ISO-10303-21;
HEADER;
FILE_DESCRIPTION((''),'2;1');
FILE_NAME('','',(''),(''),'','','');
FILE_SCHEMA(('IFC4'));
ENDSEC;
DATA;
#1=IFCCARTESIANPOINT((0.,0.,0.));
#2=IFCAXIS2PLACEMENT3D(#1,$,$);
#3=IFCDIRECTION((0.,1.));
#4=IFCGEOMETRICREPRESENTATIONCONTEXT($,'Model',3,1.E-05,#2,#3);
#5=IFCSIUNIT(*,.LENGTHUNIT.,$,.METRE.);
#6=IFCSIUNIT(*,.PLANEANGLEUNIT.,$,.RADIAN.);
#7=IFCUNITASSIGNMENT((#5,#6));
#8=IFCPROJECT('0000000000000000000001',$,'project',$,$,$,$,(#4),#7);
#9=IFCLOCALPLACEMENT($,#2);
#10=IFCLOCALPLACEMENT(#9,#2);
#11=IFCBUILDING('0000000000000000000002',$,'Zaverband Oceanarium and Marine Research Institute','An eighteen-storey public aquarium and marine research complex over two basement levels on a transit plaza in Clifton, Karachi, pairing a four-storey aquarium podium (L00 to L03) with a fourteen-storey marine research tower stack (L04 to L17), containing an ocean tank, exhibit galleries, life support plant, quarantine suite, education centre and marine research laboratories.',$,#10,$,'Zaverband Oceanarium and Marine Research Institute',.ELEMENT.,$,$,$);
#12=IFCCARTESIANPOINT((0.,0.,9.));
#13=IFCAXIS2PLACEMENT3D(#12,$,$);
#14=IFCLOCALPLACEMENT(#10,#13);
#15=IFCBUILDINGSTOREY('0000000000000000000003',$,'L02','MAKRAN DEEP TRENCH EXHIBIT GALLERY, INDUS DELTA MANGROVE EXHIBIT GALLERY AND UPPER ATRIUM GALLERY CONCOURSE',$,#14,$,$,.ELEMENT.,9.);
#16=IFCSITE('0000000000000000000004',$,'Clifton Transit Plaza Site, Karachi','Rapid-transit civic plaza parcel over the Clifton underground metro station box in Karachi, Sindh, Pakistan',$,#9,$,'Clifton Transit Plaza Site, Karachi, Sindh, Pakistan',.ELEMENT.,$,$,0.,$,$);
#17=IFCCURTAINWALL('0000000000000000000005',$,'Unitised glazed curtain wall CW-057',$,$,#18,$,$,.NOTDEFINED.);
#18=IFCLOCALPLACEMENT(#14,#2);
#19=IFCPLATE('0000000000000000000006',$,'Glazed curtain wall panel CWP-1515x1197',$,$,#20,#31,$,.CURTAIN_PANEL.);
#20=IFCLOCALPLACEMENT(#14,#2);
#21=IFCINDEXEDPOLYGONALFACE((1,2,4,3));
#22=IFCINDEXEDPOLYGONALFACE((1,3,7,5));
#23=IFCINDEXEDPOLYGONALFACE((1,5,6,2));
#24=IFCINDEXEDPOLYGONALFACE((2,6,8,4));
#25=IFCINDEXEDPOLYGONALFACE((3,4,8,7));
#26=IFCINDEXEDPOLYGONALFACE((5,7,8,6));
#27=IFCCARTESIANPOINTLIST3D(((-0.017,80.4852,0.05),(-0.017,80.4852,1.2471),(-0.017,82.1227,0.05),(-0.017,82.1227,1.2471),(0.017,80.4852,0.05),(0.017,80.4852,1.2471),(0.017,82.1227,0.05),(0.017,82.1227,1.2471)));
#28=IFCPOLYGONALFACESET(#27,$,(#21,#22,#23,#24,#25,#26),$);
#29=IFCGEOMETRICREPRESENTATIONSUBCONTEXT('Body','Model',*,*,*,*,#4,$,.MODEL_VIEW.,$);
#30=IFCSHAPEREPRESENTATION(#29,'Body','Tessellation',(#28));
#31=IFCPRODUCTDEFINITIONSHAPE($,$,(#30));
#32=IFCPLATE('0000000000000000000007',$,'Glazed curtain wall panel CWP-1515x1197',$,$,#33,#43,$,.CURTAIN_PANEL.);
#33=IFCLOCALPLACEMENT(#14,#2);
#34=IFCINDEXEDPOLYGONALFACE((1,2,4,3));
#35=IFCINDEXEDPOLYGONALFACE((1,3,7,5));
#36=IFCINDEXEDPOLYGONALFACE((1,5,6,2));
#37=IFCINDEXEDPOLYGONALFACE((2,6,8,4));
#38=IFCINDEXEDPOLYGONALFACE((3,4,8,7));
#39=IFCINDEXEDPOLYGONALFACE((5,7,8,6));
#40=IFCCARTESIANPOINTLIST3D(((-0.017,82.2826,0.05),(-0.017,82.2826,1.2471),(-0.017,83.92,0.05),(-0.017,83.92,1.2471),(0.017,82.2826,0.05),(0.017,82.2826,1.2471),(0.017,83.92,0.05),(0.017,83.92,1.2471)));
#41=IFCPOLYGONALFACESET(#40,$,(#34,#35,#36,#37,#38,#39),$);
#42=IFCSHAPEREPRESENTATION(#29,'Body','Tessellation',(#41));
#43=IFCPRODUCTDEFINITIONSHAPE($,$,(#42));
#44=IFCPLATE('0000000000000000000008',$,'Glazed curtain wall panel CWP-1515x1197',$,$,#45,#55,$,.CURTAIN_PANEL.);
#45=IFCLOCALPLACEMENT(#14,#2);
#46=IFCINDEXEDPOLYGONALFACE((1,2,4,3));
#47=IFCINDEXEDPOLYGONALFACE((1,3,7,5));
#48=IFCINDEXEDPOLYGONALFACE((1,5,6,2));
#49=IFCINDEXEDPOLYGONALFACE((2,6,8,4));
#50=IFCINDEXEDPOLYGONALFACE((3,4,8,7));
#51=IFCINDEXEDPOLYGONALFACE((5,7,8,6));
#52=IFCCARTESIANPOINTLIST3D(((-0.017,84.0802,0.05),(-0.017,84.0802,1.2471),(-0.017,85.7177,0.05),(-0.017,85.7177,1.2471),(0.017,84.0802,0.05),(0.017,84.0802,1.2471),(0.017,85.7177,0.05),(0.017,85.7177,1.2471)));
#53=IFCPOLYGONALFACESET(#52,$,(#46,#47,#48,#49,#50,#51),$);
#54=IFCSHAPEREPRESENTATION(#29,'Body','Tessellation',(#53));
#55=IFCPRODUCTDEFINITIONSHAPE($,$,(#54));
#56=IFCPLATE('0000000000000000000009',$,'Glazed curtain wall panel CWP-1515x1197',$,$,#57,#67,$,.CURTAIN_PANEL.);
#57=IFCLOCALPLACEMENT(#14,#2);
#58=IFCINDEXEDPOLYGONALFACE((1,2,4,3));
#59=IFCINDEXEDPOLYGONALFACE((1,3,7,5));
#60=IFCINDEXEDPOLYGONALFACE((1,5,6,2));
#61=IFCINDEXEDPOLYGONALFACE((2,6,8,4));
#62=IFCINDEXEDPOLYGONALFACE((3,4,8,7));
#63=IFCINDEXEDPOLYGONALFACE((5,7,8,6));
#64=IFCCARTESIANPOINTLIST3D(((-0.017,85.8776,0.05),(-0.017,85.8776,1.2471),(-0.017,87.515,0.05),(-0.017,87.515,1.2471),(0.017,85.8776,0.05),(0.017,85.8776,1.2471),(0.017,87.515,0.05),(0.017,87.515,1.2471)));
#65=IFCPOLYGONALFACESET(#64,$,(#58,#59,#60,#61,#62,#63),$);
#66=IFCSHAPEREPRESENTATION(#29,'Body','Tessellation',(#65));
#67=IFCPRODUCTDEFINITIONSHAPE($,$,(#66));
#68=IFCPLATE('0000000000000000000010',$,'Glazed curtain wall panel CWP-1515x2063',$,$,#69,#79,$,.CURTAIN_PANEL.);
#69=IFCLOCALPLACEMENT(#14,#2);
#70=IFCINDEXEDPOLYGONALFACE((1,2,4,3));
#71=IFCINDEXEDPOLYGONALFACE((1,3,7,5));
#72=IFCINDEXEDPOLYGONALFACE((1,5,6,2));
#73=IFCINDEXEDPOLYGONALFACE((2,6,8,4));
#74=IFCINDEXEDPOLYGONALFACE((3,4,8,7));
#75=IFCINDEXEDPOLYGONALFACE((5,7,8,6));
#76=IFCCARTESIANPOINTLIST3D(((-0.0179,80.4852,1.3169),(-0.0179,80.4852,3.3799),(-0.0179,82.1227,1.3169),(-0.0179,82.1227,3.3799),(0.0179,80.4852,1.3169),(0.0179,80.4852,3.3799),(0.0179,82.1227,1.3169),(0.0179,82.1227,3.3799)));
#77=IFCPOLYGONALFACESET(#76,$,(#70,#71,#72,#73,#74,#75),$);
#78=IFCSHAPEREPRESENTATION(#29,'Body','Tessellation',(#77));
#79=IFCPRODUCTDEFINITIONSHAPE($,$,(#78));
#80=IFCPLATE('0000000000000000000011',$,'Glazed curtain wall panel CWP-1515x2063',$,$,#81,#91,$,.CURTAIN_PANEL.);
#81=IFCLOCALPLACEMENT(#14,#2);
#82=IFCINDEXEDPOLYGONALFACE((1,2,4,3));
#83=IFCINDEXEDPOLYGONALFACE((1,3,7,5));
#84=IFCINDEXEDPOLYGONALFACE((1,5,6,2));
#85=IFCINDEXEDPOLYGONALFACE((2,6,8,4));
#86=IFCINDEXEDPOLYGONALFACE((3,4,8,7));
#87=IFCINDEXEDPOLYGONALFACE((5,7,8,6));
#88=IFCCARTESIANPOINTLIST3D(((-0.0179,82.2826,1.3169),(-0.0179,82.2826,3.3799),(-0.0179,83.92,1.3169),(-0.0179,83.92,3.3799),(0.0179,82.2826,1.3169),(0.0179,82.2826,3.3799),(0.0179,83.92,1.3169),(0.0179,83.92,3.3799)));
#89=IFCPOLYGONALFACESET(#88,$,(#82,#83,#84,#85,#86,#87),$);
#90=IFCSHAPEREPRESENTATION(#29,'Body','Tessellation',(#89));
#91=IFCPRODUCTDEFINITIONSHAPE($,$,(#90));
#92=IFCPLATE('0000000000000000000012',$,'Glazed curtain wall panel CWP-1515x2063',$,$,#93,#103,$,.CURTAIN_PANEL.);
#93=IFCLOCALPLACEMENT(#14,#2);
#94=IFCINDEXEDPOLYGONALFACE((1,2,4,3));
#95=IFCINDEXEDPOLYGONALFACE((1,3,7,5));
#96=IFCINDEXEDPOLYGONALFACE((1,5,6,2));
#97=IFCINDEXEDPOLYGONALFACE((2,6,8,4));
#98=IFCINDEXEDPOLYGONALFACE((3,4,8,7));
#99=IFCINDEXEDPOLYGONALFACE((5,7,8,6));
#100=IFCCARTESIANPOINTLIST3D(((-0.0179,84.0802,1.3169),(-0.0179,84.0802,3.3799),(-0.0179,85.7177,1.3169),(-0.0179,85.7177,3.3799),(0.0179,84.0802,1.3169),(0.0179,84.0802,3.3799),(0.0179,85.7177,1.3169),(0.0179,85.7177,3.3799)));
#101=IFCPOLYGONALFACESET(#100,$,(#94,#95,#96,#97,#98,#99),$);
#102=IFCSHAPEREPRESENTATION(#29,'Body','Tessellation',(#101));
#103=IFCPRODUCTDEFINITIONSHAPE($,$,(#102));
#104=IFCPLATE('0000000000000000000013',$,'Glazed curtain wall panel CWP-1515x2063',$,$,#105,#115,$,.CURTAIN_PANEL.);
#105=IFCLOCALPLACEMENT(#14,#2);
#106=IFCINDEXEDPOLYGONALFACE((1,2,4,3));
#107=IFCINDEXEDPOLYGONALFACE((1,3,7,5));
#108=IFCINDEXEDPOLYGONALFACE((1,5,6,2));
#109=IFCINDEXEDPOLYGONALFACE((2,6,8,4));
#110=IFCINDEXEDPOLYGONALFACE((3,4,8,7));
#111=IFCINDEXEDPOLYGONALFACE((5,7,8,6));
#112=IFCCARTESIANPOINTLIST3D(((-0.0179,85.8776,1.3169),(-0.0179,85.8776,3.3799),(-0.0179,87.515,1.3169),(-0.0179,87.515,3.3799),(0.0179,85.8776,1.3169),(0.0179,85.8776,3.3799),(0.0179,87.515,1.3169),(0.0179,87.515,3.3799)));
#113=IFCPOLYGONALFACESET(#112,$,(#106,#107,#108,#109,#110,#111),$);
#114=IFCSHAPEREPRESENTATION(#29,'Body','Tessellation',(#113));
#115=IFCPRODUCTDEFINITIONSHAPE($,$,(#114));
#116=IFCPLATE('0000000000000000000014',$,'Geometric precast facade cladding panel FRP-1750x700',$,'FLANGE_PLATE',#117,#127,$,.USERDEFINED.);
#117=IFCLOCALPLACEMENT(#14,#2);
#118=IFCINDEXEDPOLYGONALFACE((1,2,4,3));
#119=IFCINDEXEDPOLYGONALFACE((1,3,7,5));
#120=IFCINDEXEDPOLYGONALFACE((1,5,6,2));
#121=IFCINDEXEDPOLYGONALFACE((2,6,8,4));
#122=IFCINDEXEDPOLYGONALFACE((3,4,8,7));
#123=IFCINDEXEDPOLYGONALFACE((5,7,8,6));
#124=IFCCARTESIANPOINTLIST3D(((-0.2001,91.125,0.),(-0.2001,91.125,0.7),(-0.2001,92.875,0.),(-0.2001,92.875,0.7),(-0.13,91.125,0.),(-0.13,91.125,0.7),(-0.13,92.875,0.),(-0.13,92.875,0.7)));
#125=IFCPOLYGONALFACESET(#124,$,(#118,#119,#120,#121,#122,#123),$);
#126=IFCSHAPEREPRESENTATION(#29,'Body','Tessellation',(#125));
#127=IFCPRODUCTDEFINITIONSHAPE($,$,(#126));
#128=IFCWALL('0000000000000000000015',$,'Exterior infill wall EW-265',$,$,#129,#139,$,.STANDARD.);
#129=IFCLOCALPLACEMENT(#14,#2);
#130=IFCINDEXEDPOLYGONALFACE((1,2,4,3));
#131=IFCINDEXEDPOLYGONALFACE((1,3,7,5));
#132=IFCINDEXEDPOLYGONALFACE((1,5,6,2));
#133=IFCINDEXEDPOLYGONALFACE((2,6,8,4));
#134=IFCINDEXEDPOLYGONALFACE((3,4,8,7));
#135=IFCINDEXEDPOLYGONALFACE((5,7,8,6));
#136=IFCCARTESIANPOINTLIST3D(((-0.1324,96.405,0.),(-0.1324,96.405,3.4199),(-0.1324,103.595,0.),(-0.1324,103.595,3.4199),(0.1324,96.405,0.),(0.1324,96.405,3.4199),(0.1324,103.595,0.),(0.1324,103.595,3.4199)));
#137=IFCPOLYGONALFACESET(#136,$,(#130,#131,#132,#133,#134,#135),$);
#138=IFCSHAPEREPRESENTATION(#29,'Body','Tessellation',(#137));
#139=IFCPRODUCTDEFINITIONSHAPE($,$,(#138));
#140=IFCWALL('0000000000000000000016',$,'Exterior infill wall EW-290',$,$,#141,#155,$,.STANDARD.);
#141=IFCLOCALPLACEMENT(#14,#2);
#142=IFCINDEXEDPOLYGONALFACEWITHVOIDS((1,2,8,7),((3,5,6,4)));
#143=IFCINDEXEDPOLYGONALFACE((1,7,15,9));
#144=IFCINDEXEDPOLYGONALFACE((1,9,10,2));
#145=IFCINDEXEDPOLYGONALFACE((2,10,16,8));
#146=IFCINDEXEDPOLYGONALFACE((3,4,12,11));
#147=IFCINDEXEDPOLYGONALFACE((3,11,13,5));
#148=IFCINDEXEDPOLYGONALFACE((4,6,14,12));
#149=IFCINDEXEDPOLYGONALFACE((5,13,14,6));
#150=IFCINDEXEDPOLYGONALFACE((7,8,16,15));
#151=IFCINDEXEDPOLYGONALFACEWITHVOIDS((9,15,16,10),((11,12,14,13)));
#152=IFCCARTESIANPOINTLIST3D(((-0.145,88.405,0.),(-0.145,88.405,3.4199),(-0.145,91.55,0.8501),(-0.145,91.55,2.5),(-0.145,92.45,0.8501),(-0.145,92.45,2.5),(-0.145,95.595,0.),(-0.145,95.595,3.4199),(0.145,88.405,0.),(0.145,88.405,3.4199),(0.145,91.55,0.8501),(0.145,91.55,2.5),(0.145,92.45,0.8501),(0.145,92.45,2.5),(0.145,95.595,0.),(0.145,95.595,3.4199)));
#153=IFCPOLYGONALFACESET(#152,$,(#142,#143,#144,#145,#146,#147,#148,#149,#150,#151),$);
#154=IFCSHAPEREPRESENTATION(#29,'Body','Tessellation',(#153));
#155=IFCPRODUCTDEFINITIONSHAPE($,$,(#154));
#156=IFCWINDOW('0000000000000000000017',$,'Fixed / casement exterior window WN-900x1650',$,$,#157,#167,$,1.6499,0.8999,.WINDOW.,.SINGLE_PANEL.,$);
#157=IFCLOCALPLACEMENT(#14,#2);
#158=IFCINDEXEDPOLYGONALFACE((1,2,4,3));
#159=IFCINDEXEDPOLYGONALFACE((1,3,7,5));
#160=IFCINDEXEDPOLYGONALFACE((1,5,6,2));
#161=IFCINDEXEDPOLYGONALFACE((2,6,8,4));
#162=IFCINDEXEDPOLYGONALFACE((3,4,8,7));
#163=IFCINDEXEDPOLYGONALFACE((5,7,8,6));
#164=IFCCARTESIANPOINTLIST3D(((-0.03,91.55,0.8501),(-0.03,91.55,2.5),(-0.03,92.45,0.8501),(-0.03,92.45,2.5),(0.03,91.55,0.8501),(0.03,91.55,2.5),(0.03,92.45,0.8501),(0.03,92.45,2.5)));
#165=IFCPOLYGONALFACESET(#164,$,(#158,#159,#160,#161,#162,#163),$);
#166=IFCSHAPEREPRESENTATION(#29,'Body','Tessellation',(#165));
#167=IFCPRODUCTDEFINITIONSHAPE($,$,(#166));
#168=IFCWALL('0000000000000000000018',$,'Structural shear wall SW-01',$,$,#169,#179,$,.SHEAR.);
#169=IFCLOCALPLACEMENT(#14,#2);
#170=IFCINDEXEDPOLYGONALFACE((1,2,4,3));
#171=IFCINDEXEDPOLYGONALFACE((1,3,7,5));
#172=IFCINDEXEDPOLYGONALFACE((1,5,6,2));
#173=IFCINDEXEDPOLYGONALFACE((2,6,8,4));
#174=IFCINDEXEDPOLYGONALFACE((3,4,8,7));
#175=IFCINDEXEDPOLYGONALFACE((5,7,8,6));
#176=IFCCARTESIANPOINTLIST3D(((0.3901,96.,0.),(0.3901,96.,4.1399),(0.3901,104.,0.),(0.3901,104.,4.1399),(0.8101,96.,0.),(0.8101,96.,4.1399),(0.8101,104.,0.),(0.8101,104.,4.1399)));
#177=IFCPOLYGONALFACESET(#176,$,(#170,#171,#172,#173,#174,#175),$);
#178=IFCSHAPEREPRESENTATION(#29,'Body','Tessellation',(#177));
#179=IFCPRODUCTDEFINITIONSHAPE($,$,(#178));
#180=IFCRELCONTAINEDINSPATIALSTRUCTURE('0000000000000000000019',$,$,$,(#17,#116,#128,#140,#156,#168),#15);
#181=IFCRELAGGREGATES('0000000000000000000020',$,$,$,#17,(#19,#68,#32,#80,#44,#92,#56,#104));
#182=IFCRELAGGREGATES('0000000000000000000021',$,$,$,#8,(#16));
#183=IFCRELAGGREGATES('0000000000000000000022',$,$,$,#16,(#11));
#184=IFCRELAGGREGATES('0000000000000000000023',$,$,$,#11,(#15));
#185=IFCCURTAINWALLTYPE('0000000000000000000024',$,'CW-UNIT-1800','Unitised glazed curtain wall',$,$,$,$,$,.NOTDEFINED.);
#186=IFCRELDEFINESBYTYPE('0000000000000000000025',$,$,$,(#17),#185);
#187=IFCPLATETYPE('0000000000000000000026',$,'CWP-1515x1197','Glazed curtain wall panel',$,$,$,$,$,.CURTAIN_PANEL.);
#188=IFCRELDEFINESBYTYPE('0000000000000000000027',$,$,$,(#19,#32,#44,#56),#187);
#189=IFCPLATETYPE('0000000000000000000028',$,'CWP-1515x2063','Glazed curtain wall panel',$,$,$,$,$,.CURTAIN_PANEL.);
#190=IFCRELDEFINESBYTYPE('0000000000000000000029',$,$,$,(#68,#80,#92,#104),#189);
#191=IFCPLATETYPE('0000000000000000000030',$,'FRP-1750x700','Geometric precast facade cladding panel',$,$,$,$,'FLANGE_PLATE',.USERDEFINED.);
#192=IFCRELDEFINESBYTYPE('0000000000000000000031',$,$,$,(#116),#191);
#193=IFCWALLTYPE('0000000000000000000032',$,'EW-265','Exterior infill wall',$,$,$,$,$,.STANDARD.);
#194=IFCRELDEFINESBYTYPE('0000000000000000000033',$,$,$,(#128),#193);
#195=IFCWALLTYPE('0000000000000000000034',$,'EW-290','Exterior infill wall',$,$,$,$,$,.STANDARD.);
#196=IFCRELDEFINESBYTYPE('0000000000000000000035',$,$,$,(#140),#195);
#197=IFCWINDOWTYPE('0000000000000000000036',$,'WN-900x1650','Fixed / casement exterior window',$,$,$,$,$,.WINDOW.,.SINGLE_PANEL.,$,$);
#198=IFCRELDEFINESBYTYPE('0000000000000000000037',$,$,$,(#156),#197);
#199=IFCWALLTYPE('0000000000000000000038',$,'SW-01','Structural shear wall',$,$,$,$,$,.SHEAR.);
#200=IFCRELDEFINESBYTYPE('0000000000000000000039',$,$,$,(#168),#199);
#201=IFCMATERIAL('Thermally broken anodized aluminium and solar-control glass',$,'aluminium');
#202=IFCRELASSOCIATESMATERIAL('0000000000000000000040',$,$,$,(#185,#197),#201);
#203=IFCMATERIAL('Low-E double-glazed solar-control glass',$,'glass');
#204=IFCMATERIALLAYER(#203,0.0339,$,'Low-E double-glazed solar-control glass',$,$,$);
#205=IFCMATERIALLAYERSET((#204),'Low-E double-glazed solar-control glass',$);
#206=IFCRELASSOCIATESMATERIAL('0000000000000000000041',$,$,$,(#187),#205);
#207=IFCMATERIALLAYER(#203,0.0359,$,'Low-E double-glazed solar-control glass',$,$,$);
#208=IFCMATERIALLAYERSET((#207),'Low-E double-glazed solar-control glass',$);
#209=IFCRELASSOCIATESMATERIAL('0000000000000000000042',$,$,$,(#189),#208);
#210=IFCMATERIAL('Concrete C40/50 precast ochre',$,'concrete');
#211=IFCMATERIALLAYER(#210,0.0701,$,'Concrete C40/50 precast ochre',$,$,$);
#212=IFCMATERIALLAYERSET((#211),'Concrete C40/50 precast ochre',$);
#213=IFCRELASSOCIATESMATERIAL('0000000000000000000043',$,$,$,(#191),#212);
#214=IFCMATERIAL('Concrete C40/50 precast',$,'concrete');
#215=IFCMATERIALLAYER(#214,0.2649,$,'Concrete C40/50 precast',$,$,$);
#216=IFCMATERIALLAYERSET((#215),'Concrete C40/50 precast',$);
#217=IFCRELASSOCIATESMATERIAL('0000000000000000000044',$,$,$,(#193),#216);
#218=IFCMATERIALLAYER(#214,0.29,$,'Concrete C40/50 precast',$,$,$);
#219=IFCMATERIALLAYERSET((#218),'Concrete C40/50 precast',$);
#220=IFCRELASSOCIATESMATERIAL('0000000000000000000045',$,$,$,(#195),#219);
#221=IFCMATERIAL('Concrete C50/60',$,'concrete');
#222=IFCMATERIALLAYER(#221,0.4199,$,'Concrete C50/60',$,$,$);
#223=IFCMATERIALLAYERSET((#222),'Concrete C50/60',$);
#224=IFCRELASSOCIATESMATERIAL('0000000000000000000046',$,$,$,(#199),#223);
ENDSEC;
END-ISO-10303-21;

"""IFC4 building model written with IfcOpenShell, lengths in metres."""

from ifc_helpers import new_model, si_unit, direction, frame, frame_2d, origin, place, context, subcontext, project, spatial, rectangle, extrude, material, layer, layer_set, type_object, element, fill, aggregate, save


model = new_model("IFC4")

# Units and contexts
model_context = context("Model", 3, precision=1e-05, world=origin(), true_north=direction((0.0, 1.0)))
body_context = subcontext(model_context, "Body", "Model", "MODEL_VIEW")
ifc_project = project(units=[si_unit("LENGTHUNIT", "METRE"), si_unit("PLANEANGLEUNIT", "RADIAN")], contexts=[model_context])

# Site, building, storey
site_placement = place(None, origin())
site = spatial("IfcSite", under=ifc_project, at=site_placement, Name="Clifton Transit Plaza Site, Karachi", Description="Rapid-transit civic plaza parcel over the Clifton underground metro station box in Karachi, Sindh, Pakistan", LongName="Clifton Transit Plaza Site, Karachi, Sindh, Pakistan", CompositionType="ELEMENT", RefElevation=0.0)
building_placement = place(site_placement, origin())
building = spatial("IfcBuilding", under=site, at=building_placement, Name="Zaverband Oceanarium and Marine Research Institute", Description="An eighteen-storey public aquarium and marine research complex over two basement levels on a transit plaza in Clifton, Karachi, pairing a four-storey aquarium podium (L00 to L03) with a fourteen-storey marine research tower stack (L04 to L17), containing an ocean tank, exhibit galleries, life support plant, quarantine suite, education centre and marine research laboratories.", LongName="Zaverband Oceanarium and Marine Research Institute", CompositionType="ELEMENT")
storey_placement = place(building_placement, frame((0.0, 0.0, 9.0)))
storey = spatial("IfcBuildingStorey", under=building, at=storey_placement, Name="L02", Description="MAKRAN DEEP TRENCH EXHIBIT GALLERY, INDUS DELTA MANGROVE EXHIBIT GALLERY AND UPPER ATRIUM GALLERY CONCOURSE", CompositionType="ELEMENT", Elevation=9.0)

# Shared definitions
ifc_material_1 = material(Name="Concrete C50/60", Category="concrete")

# Curtain wall
ifc_material_2 = material(Name="Thermally broken anodized aluminium and solar-control glass", Category="aluminium")
curtain_wall_type = type_object("IfcCurtainWallType", Name="CW-UNIT-1800", Description="Unitised glazed curtain wall", PredefinedType="NOTDEFINED", material=ifc_material_2)
curtain_wall_placement = place(storey_placement, origin())
curtain_wall = element("IfcCurtainWall", 1, at=curtain_wall_placement, inside=storey, type_object=curtain_wall_type, Name="Unitised glazed curtain wall CW-057", PredefinedType="NOTDEFINED")

# Plates
ifc_material_3 = material(Name="Low-E double-glazed solar-control glass", Category="glass")
ifc_layer_1 = layer(ifc_material_3, 0.0339, Name="Low-E double-glazed solar-control glass")
ifc_layer_set_1 = layer_set([ifc_layer_1], Name="Low-E double-glazed solar-control glass")
plate_type_1 = type_object("IfcPlateType", Name="CWP-1515x1197", Description="Glazed curtain wall panel", PredefinedType="CURTAIN_PANEL", material=ifc_layer_set_1)
plate_1_placement = place(storey_placement, frame((0.0, 80.4851, 0.05), z_axis=(0.0, 0.0, 1.0), x_axis=(0.0, 1.0, 0.0)))
plate_1 = element("IfcPlate", 2, at=plate_1_placement, type_object=plate_type_1, Name="Glazed curtain wall panel CWP-1515x1197", PredefinedType="CURTAIN_PANEL", context=body_context, shape_type="SweptSolid", body=[
    extrude(rectangle(XDim=1.6375, YDim=0.0339, at=frame_2d((0.8188, 0.0))), origin(), (0.0, 0.0, 1.0), 1.197),
])
plate_2_placement = place(storey_placement, frame((0.0, 82.2825, 0.05), z_axis=(0.0, 0.0, 1.0), x_axis=(0.0, 1.0, 0.0)))
plate_2 = element("IfcPlate", 3, at=plate_2_placement, type_object=plate_type_1, Name="Glazed curtain wall panel CWP-1515x1197", PredefinedType="CURTAIN_PANEL", context=body_context, shape_type="SweptSolid", body=[
    extrude(rectangle(XDim=1.6375, YDim=0.0339, at=frame_2d((0.8188, 0.0))), origin(), (0.0, 0.0, 1.0), 1.197),
])
plate_3_placement = place(storey_placement, frame((0.0, 84.0801, 0.05), z_axis=(0.0, 0.0, 1.0), x_axis=(0.0, 1.0, 0.0)))
plate_3 = element("IfcPlate", 4, at=plate_3_placement, type_object=plate_type_1, Name="Glazed curtain wall panel CWP-1515x1197", PredefinedType="CURTAIN_PANEL", context=body_context, shape_type="SweptSolid", body=[
    extrude(rectangle(XDim=1.6375, YDim=0.0339, at=frame_2d((0.8188, 0.0))), origin(), (0.0, 0.0, 1.0), 1.197),
])
plate_4_placement = place(storey_placement, frame((0.0, 85.8774, 0.05), z_axis=(0.0, 0.0, 1.0), x_axis=(0.0, 1.0, 0.0)))
plate_4 = element("IfcPlate", 5, at=plate_4_placement, type_object=plate_type_1, Name="Glazed curtain wall panel CWP-1515x1197", PredefinedType="CURTAIN_PANEL", context=body_context, shape_type="SweptSolid", body=[
    extrude(rectangle(XDim=1.6375, YDim=0.0339, at=frame_2d((0.8188, 0.0))), origin(), (0.0, 0.0, 1.0), 1.197),
])
ifc_layer_2 = layer(ifc_material_3, 0.0359, Name="Low-E double-glazed solar-control glass")
ifc_layer_set_2 = layer_set([ifc_layer_2], Name="Low-E double-glazed solar-control glass")
plate_type_2 = type_object("IfcPlateType", Name="CWP-1515x2063", Description="Glazed curtain wall panel", PredefinedType="CURTAIN_PANEL", material=ifc_layer_set_2)
plate_5_placement = place(storey_placement, frame((0.0, 80.4851, 1.3169), z_axis=(0.0, 0.0, 1.0), x_axis=(0.0, 1.0, 0.0)))
plate_5 = element("IfcPlate", 6, at=plate_5_placement, type_object=plate_type_2, Name="Glazed curtain wall panel CWP-1515x2063", PredefinedType="CURTAIN_PANEL", context=body_context, shape_type="SweptSolid", body=[
    extrude(rectangle(XDim=1.6375, YDim=0.0359, at=frame_2d((0.8188, 0.0))), origin(), (0.0, 0.0, 1.0), 2.063),
])
plate_6_placement = place(storey_placement, frame((0.0, 82.2825, 1.3169), z_axis=(0.0, 0.0, 1.0), x_axis=(0.0, 1.0, 0.0)))
plate_6 = element("IfcPlate", 7, at=plate_6_placement, type_object=plate_type_2, Name="Glazed curtain wall panel CWP-1515x2063", PredefinedType="CURTAIN_PANEL", context=body_context, shape_type="SweptSolid", body=[
    extrude(rectangle(XDim=1.6375, YDim=0.0359, at=frame_2d((0.8188, 0.0))), origin(), (0.0, 0.0, 1.0), 2.063),
])
plate_7_placement = place(storey_placement, frame((0.0, 84.0801, 1.3169), z_axis=(0.0, 0.0, 1.0), x_axis=(0.0, 1.0, 0.0)))
plate_7 = element("IfcPlate", 8, at=plate_7_placement, type_object=plate_type_2, Name="Glazed curtain wall panel CWP-1515x2063", PredefinedType="CURTAIN_PANEL", context=body_context, shape_type="SweptSolid", body=[
    extrude(rectangle(XDim=1.6375, YDim=0.0359, at=frame_2d((0.8188, 0.0))), origin(), (0.0, 0.0, 1.0), 2.063),
])
plate_8_placement = place(storey_placement, frame((0.0, 85.8774, 1.3169), z_axis=(0.0, 0.0, 1.0), x_axis=(0.0, 1.0, 0.0)))
plate_8 = element("IfcPlate", 9, at=plate_8_placement, type_object=plate_type_2, Name="Glazed curtain wall panel CWP-1515x2063", PredefinedType="CURTAIN_PANEL", context=body_context, shape_type="SweptSolid", body=[
    extrude(rectangle(XDim=1.6375, YDim=0.0359, at=frame_2d((0.8188, 0.0))), origin(), (0.0, 0.0, 1.0), 2.063),
])
aggregate(curtain_wall, [plate_1, plate_5, plate_2, plate_6, plate_3, plate_7, plate_4, plate_8])
ifc_material_4 = material(Name="Concrete C40/50 precast ochre", Category="concrete")
ifc_layer_3 = layer(ifc_material_4, 0.0701, Name="Concrete C40/50 precast ochre")
ifc_layer_set_3 = layer_set([ifc_layer_3], Name="Concrete C40/50 precast ochre")
plate_type_3 = type_object("IfcPlateType", Name="FRP-1750x700", Description="Geometric precast facade cladding panel", ElementType="FLANGE_PLATE", PredefinedType="USERDEFINED", material=ifc_layer_set_3)
plate_9_placement = place(storey_placement, frame((-0.165, 91.125, 0.0), z_axis=(0.0, 0.0, 1.0), x_axis=(0.0, 1.0, 0.0)))
element("IfcPlate", 10, at=plate_9_placement, inside=storey, type_object=plate_type_3, Name="Geometric precast facade cladding panel FRP-1750x700", ObjectType="FLANGE_PLATE", PredefinedType="USERDEFINED", context=body_context, shape_type="SweptSolid", body=[
    extrude(rectangle(XDim=1.75, YDim=0.0701, at=frame_2d((0.875, 0.0))), origin(), (0.0, 0.0, 1.0), 0.7),
])

# Wall
ifc_material_5 = material(Name="Concrete C40/50 precast", Category="concrete")
ifc_layer_4 = layer(ifc_material_5, 0.2649, Name="Concrete C40/50 precast")
ifc_layer_set_4 = layer_set([ifc_layer_4], Name="Concrete C40/50 precast")
wall_type_1 = type_object("IfcWallType", Name="EW-265", Description="Exterior infill wall", PredefinedType="STANDARD", material=ifc_layer_set_4)
wall_1_placement = place(storey_placement, frame((0.0, 96.405, 0.0), z_axis=(0.0, 0.0, 1.0), x_axis=(0.0, 1.0, 0.0)))
element("IfcWall", 11, at=wall_1_placement, inside=storey, type_object=wall_type_1, Name="Exterior infill wall EW-265", PredefinedType="STANDARD", context=body_context, shape_type="SweptSolid", body=[
    extrude(rectangle(XDim=7.1899, YDim=0.2649, at=frame_2d((3.595, 0.0))), origin(), (0.0, 0.0, 1.0), 3.4199),
])

# Wall, opening, window
ifc_layer_5 = layer(ifc_material_5, 0.29, Name="Concrete C40/50 precast")
ifc_layer_set_5 = layer_set([ifc_layer_5], Name="Concrete C40/50 precast")
wall_type_2 = type_object("IfcWallType", Name="EW-290", Description="Exterior infill wall", PredefinedType="STANDARD", material=ifc_layer_set_5)
wall_2_placement = place(storey_placement, frame((0.0, 88.405, 0.0), z_axis=(0.0, 0.0, 1.0), x_axis=(0.0, 1.0, 0.0)))
wall_2 = element("IfcWall", 12, at=wall_2_placement, inside=storey, type_object=wall_type_2, Name="Exterior infill wall EW-290", PredefinedType="STANDARD", context=body_context, shape_type="SweptSolid", body=[
    extrude(rectangle(XDim=7.1899, YDim=0.29, at=frame_2d((3.595, 0.0))), origin(), (0.0, 0.0, 1.0), 3.4199),
])
opening_placement = place(wall_2_placement, frame((3.145, 0.0, 0.8501)))
opening = element("IfcOpeningElement", 13, at=opening_placement, cuts=wall_2, PredefinedType="OPENING", context=body_context, shape_type="SweptSolid", body=[
    extrude(rectangle(XDim=0.8999, YDim=1.6499, at=frame_2d((0.45, 0.825))), frame((0.0, 0.157, 0.0), z_axis=(0.0, -1.0, 0.0), x_axis=(1.0, 0.0, 0.0)), (0.0, 0.0, 1.0), 0.314),
])
window_type = type_object("IfcWindowType", Name="WN-900x1650", Description="Fixed / casement exterior window", PartitioningType="SINGLE_PANEL", PredefinedType="WINDOW", material=ifc_material_2)
window_placement = place(opening_placement, origin())
window = element("IfcWindow", 14, at=window_placement, inside=storey, type_object=window_type, Name="Fixed / casement exterior window WN-900x1650", OverallHeight=1.6499, OverallWidth=0.8999, PartitioningType="SINGLE_PANEL", PredefinedType="WINDOW", context=body_context, shape_type="SweptSolid", body=[
    extrude(rectangle(XDim=0.8999, YDim=1.6499, at=frame_2d((0.45, 0.825))), frame((0.0, 0.03, 0.0), z_axis=(0.0, -1.0, 0.0), x_axis=(1.0, 0.0, 0.0)), (0.0, 0.0, 1.0), 0.0601),
])
fill(opening, window)

# Wall
ifc_layer_6 = layer(ifc_material_1, 0.4199, Name="Concrete C50/60")
ifc_layer_set_6 = layer_set([ifc_layer_6], Name="Concrete C50/60")
wall_type_3 = type_object("IfcWallType", Name="SW-01", Description="Structural shear wall", PredefinedType="SHEAR", material=ifc_layer_set_6)
wall_3_placement = place(storey_placement, frame((0.6001, 96.0, 0.0), z_axis=(0.0, 0.0, 1.0), x_axis=(0.0, 1.0, 0.0)))
element("IfcWall", 15, at=wall_3_placement, inside=storey, type_object=wall_type_3, Name="Structural shear wall SW-01", PredefinedType="SHEAR", context=body_context, shape_type="SweptSolid", body=[
    extrude(rectangle(XDim=8.0, YDim=0.4199, at=frame_2d((4.0, 0.0))), origin(), (0.0, 0.0, 1.0), 4.1399),
])

save(model, "model.ifc")
